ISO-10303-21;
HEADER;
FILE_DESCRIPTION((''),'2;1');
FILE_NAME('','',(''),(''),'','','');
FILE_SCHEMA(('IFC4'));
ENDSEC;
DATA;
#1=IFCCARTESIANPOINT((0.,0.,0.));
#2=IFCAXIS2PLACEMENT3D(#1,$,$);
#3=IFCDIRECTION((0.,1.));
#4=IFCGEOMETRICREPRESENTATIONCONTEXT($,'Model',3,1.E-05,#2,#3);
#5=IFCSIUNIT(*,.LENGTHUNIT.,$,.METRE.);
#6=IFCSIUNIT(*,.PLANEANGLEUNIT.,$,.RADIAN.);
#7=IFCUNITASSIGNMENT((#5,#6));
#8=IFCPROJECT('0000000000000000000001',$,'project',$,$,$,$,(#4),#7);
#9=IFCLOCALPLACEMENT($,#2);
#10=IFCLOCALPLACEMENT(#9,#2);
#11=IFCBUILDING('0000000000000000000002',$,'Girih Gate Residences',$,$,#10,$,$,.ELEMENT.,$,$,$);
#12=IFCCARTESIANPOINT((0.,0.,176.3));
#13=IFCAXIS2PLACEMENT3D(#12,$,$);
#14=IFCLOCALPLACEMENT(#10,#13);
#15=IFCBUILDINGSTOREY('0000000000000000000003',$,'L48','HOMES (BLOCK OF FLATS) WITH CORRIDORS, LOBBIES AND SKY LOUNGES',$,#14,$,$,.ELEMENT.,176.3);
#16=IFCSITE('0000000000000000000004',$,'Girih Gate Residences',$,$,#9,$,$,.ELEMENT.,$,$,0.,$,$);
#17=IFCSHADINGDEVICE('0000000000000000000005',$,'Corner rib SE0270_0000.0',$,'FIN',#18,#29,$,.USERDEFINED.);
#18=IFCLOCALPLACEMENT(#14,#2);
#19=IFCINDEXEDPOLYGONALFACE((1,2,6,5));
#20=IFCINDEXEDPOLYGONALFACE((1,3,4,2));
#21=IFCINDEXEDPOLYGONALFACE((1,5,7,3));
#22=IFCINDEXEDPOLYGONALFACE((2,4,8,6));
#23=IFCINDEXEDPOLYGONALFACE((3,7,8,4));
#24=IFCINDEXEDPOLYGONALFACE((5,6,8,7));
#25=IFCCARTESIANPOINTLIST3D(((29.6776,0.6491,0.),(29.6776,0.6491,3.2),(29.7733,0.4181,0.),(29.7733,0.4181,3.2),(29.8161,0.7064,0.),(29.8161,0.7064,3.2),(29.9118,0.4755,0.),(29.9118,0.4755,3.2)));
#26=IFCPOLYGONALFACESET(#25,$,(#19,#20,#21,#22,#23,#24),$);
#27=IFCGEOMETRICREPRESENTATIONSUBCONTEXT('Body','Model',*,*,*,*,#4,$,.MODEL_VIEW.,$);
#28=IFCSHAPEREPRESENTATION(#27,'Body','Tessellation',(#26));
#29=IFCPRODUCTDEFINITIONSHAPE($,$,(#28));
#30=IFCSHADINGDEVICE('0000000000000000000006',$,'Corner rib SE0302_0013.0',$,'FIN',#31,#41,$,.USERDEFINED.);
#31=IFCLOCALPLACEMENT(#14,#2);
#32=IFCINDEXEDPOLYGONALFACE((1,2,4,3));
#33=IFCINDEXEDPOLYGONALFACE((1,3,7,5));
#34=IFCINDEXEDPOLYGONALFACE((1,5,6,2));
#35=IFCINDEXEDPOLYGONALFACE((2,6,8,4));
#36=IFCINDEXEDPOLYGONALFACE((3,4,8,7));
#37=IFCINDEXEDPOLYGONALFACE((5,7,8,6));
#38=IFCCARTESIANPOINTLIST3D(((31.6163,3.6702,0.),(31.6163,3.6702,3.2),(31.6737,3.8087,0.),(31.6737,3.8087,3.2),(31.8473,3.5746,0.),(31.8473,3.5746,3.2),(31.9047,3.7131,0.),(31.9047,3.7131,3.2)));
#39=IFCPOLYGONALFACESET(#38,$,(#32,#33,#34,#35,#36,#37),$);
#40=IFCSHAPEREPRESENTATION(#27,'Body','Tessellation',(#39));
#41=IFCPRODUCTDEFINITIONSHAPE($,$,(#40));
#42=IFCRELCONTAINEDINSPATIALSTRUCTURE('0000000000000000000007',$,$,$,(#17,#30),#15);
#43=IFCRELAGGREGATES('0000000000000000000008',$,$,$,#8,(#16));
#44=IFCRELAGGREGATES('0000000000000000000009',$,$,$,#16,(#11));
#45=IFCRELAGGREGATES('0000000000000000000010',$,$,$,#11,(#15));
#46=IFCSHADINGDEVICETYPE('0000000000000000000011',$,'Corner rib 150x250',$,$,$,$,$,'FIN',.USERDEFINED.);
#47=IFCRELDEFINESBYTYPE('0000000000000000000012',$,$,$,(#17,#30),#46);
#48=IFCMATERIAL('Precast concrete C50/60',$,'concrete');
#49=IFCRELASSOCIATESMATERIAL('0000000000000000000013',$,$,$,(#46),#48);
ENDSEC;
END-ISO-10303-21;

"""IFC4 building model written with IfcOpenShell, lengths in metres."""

from ifc_helpers import new_model, si_unit, direction, frame, origin, origin_2d, place, context, subcontext, project, spatial, rectangle, extrude, material, type_object, element, save


model = new_model("IFC4")

# Units and contexts
model_context = context("Model", 3, precision=1e-05, world=origin(), true_north=direction((0.0, 1.0)))
body_context = subcontext(model_context, "Body", "Model", "MODEL_VIEW")
ifc_project = project(units=[si_unit("LENGTHUNIT", "METRE"), si_unit("PLANEANGLEUNIT", "RADIAN")], contexts=[model_context])

# Site, building, storey
site_placement = place(None, origin())
site = spatial("IfcSite", under=ifc_project, at=site_placement, Name="Girih Gate Residences", CompositionType="ELEMENT", RefElevation=0.0)
building_placement = place(site_placement, origin())
building = spatial("IfcBuilding", under=site, at=building_placement, Name="Girih Gate Residences", CompositionType="ELEMENT")
storey_placement = place(building_placement, frame((0.0, 0.0, 176.3)))
storey = spatial("IfcBuildingStorey", under=building, at=storey_placement, Name="L48", Description="HOMES (BLOCK OF FLATS) WITH CORRIDORS, LOBBIES AND SKY LOUNGES", CompositionType="ELEMENT", Elevation=176.3)

# Shared definitions
ifc_material_1 = material(Name="Precast concrete C50/60", Category="concrete")

# Shading devices
shading_device_type = type_object("IfcShadingDeviceType", Name="Corner rib 150x250", ElementType="FIN", PredefinedType="USERDEFINED", material=ifc_material_1)
for number, where, z_axis, x_axis, name in (
    (1, (29.7947, 0.5623, 0.0), (0.0, 0.0, 1.0), (0.92388, 0.382683, 0.0), "Corner rib SE0270_0000.0"),
    (2, (31.7605, 3.6917, 0.0), (0.0, 0.0, 1.0), (0.382683, 0.92388, 0.0), "Corner rib SE0302_0013.0"),
):
    element("IfcShadingDevice", number, at=place(storey_placement, frame(where, z_axis=z_axis, x_axis=x_axis)), inside=storey, type_object=shading_device_type, Name=name, ObjectType="FIN", PredefinedType="USERDEFINED", context=body_context, shape_type="SweptSolid", body=[
        extrude(rectangle(XDim=0.1499, YDim=0.25, at=origin_2d()), origin(), (0.0, 0.0, 1.0), 3.2),
    ])

save(model, "model.ifc")
